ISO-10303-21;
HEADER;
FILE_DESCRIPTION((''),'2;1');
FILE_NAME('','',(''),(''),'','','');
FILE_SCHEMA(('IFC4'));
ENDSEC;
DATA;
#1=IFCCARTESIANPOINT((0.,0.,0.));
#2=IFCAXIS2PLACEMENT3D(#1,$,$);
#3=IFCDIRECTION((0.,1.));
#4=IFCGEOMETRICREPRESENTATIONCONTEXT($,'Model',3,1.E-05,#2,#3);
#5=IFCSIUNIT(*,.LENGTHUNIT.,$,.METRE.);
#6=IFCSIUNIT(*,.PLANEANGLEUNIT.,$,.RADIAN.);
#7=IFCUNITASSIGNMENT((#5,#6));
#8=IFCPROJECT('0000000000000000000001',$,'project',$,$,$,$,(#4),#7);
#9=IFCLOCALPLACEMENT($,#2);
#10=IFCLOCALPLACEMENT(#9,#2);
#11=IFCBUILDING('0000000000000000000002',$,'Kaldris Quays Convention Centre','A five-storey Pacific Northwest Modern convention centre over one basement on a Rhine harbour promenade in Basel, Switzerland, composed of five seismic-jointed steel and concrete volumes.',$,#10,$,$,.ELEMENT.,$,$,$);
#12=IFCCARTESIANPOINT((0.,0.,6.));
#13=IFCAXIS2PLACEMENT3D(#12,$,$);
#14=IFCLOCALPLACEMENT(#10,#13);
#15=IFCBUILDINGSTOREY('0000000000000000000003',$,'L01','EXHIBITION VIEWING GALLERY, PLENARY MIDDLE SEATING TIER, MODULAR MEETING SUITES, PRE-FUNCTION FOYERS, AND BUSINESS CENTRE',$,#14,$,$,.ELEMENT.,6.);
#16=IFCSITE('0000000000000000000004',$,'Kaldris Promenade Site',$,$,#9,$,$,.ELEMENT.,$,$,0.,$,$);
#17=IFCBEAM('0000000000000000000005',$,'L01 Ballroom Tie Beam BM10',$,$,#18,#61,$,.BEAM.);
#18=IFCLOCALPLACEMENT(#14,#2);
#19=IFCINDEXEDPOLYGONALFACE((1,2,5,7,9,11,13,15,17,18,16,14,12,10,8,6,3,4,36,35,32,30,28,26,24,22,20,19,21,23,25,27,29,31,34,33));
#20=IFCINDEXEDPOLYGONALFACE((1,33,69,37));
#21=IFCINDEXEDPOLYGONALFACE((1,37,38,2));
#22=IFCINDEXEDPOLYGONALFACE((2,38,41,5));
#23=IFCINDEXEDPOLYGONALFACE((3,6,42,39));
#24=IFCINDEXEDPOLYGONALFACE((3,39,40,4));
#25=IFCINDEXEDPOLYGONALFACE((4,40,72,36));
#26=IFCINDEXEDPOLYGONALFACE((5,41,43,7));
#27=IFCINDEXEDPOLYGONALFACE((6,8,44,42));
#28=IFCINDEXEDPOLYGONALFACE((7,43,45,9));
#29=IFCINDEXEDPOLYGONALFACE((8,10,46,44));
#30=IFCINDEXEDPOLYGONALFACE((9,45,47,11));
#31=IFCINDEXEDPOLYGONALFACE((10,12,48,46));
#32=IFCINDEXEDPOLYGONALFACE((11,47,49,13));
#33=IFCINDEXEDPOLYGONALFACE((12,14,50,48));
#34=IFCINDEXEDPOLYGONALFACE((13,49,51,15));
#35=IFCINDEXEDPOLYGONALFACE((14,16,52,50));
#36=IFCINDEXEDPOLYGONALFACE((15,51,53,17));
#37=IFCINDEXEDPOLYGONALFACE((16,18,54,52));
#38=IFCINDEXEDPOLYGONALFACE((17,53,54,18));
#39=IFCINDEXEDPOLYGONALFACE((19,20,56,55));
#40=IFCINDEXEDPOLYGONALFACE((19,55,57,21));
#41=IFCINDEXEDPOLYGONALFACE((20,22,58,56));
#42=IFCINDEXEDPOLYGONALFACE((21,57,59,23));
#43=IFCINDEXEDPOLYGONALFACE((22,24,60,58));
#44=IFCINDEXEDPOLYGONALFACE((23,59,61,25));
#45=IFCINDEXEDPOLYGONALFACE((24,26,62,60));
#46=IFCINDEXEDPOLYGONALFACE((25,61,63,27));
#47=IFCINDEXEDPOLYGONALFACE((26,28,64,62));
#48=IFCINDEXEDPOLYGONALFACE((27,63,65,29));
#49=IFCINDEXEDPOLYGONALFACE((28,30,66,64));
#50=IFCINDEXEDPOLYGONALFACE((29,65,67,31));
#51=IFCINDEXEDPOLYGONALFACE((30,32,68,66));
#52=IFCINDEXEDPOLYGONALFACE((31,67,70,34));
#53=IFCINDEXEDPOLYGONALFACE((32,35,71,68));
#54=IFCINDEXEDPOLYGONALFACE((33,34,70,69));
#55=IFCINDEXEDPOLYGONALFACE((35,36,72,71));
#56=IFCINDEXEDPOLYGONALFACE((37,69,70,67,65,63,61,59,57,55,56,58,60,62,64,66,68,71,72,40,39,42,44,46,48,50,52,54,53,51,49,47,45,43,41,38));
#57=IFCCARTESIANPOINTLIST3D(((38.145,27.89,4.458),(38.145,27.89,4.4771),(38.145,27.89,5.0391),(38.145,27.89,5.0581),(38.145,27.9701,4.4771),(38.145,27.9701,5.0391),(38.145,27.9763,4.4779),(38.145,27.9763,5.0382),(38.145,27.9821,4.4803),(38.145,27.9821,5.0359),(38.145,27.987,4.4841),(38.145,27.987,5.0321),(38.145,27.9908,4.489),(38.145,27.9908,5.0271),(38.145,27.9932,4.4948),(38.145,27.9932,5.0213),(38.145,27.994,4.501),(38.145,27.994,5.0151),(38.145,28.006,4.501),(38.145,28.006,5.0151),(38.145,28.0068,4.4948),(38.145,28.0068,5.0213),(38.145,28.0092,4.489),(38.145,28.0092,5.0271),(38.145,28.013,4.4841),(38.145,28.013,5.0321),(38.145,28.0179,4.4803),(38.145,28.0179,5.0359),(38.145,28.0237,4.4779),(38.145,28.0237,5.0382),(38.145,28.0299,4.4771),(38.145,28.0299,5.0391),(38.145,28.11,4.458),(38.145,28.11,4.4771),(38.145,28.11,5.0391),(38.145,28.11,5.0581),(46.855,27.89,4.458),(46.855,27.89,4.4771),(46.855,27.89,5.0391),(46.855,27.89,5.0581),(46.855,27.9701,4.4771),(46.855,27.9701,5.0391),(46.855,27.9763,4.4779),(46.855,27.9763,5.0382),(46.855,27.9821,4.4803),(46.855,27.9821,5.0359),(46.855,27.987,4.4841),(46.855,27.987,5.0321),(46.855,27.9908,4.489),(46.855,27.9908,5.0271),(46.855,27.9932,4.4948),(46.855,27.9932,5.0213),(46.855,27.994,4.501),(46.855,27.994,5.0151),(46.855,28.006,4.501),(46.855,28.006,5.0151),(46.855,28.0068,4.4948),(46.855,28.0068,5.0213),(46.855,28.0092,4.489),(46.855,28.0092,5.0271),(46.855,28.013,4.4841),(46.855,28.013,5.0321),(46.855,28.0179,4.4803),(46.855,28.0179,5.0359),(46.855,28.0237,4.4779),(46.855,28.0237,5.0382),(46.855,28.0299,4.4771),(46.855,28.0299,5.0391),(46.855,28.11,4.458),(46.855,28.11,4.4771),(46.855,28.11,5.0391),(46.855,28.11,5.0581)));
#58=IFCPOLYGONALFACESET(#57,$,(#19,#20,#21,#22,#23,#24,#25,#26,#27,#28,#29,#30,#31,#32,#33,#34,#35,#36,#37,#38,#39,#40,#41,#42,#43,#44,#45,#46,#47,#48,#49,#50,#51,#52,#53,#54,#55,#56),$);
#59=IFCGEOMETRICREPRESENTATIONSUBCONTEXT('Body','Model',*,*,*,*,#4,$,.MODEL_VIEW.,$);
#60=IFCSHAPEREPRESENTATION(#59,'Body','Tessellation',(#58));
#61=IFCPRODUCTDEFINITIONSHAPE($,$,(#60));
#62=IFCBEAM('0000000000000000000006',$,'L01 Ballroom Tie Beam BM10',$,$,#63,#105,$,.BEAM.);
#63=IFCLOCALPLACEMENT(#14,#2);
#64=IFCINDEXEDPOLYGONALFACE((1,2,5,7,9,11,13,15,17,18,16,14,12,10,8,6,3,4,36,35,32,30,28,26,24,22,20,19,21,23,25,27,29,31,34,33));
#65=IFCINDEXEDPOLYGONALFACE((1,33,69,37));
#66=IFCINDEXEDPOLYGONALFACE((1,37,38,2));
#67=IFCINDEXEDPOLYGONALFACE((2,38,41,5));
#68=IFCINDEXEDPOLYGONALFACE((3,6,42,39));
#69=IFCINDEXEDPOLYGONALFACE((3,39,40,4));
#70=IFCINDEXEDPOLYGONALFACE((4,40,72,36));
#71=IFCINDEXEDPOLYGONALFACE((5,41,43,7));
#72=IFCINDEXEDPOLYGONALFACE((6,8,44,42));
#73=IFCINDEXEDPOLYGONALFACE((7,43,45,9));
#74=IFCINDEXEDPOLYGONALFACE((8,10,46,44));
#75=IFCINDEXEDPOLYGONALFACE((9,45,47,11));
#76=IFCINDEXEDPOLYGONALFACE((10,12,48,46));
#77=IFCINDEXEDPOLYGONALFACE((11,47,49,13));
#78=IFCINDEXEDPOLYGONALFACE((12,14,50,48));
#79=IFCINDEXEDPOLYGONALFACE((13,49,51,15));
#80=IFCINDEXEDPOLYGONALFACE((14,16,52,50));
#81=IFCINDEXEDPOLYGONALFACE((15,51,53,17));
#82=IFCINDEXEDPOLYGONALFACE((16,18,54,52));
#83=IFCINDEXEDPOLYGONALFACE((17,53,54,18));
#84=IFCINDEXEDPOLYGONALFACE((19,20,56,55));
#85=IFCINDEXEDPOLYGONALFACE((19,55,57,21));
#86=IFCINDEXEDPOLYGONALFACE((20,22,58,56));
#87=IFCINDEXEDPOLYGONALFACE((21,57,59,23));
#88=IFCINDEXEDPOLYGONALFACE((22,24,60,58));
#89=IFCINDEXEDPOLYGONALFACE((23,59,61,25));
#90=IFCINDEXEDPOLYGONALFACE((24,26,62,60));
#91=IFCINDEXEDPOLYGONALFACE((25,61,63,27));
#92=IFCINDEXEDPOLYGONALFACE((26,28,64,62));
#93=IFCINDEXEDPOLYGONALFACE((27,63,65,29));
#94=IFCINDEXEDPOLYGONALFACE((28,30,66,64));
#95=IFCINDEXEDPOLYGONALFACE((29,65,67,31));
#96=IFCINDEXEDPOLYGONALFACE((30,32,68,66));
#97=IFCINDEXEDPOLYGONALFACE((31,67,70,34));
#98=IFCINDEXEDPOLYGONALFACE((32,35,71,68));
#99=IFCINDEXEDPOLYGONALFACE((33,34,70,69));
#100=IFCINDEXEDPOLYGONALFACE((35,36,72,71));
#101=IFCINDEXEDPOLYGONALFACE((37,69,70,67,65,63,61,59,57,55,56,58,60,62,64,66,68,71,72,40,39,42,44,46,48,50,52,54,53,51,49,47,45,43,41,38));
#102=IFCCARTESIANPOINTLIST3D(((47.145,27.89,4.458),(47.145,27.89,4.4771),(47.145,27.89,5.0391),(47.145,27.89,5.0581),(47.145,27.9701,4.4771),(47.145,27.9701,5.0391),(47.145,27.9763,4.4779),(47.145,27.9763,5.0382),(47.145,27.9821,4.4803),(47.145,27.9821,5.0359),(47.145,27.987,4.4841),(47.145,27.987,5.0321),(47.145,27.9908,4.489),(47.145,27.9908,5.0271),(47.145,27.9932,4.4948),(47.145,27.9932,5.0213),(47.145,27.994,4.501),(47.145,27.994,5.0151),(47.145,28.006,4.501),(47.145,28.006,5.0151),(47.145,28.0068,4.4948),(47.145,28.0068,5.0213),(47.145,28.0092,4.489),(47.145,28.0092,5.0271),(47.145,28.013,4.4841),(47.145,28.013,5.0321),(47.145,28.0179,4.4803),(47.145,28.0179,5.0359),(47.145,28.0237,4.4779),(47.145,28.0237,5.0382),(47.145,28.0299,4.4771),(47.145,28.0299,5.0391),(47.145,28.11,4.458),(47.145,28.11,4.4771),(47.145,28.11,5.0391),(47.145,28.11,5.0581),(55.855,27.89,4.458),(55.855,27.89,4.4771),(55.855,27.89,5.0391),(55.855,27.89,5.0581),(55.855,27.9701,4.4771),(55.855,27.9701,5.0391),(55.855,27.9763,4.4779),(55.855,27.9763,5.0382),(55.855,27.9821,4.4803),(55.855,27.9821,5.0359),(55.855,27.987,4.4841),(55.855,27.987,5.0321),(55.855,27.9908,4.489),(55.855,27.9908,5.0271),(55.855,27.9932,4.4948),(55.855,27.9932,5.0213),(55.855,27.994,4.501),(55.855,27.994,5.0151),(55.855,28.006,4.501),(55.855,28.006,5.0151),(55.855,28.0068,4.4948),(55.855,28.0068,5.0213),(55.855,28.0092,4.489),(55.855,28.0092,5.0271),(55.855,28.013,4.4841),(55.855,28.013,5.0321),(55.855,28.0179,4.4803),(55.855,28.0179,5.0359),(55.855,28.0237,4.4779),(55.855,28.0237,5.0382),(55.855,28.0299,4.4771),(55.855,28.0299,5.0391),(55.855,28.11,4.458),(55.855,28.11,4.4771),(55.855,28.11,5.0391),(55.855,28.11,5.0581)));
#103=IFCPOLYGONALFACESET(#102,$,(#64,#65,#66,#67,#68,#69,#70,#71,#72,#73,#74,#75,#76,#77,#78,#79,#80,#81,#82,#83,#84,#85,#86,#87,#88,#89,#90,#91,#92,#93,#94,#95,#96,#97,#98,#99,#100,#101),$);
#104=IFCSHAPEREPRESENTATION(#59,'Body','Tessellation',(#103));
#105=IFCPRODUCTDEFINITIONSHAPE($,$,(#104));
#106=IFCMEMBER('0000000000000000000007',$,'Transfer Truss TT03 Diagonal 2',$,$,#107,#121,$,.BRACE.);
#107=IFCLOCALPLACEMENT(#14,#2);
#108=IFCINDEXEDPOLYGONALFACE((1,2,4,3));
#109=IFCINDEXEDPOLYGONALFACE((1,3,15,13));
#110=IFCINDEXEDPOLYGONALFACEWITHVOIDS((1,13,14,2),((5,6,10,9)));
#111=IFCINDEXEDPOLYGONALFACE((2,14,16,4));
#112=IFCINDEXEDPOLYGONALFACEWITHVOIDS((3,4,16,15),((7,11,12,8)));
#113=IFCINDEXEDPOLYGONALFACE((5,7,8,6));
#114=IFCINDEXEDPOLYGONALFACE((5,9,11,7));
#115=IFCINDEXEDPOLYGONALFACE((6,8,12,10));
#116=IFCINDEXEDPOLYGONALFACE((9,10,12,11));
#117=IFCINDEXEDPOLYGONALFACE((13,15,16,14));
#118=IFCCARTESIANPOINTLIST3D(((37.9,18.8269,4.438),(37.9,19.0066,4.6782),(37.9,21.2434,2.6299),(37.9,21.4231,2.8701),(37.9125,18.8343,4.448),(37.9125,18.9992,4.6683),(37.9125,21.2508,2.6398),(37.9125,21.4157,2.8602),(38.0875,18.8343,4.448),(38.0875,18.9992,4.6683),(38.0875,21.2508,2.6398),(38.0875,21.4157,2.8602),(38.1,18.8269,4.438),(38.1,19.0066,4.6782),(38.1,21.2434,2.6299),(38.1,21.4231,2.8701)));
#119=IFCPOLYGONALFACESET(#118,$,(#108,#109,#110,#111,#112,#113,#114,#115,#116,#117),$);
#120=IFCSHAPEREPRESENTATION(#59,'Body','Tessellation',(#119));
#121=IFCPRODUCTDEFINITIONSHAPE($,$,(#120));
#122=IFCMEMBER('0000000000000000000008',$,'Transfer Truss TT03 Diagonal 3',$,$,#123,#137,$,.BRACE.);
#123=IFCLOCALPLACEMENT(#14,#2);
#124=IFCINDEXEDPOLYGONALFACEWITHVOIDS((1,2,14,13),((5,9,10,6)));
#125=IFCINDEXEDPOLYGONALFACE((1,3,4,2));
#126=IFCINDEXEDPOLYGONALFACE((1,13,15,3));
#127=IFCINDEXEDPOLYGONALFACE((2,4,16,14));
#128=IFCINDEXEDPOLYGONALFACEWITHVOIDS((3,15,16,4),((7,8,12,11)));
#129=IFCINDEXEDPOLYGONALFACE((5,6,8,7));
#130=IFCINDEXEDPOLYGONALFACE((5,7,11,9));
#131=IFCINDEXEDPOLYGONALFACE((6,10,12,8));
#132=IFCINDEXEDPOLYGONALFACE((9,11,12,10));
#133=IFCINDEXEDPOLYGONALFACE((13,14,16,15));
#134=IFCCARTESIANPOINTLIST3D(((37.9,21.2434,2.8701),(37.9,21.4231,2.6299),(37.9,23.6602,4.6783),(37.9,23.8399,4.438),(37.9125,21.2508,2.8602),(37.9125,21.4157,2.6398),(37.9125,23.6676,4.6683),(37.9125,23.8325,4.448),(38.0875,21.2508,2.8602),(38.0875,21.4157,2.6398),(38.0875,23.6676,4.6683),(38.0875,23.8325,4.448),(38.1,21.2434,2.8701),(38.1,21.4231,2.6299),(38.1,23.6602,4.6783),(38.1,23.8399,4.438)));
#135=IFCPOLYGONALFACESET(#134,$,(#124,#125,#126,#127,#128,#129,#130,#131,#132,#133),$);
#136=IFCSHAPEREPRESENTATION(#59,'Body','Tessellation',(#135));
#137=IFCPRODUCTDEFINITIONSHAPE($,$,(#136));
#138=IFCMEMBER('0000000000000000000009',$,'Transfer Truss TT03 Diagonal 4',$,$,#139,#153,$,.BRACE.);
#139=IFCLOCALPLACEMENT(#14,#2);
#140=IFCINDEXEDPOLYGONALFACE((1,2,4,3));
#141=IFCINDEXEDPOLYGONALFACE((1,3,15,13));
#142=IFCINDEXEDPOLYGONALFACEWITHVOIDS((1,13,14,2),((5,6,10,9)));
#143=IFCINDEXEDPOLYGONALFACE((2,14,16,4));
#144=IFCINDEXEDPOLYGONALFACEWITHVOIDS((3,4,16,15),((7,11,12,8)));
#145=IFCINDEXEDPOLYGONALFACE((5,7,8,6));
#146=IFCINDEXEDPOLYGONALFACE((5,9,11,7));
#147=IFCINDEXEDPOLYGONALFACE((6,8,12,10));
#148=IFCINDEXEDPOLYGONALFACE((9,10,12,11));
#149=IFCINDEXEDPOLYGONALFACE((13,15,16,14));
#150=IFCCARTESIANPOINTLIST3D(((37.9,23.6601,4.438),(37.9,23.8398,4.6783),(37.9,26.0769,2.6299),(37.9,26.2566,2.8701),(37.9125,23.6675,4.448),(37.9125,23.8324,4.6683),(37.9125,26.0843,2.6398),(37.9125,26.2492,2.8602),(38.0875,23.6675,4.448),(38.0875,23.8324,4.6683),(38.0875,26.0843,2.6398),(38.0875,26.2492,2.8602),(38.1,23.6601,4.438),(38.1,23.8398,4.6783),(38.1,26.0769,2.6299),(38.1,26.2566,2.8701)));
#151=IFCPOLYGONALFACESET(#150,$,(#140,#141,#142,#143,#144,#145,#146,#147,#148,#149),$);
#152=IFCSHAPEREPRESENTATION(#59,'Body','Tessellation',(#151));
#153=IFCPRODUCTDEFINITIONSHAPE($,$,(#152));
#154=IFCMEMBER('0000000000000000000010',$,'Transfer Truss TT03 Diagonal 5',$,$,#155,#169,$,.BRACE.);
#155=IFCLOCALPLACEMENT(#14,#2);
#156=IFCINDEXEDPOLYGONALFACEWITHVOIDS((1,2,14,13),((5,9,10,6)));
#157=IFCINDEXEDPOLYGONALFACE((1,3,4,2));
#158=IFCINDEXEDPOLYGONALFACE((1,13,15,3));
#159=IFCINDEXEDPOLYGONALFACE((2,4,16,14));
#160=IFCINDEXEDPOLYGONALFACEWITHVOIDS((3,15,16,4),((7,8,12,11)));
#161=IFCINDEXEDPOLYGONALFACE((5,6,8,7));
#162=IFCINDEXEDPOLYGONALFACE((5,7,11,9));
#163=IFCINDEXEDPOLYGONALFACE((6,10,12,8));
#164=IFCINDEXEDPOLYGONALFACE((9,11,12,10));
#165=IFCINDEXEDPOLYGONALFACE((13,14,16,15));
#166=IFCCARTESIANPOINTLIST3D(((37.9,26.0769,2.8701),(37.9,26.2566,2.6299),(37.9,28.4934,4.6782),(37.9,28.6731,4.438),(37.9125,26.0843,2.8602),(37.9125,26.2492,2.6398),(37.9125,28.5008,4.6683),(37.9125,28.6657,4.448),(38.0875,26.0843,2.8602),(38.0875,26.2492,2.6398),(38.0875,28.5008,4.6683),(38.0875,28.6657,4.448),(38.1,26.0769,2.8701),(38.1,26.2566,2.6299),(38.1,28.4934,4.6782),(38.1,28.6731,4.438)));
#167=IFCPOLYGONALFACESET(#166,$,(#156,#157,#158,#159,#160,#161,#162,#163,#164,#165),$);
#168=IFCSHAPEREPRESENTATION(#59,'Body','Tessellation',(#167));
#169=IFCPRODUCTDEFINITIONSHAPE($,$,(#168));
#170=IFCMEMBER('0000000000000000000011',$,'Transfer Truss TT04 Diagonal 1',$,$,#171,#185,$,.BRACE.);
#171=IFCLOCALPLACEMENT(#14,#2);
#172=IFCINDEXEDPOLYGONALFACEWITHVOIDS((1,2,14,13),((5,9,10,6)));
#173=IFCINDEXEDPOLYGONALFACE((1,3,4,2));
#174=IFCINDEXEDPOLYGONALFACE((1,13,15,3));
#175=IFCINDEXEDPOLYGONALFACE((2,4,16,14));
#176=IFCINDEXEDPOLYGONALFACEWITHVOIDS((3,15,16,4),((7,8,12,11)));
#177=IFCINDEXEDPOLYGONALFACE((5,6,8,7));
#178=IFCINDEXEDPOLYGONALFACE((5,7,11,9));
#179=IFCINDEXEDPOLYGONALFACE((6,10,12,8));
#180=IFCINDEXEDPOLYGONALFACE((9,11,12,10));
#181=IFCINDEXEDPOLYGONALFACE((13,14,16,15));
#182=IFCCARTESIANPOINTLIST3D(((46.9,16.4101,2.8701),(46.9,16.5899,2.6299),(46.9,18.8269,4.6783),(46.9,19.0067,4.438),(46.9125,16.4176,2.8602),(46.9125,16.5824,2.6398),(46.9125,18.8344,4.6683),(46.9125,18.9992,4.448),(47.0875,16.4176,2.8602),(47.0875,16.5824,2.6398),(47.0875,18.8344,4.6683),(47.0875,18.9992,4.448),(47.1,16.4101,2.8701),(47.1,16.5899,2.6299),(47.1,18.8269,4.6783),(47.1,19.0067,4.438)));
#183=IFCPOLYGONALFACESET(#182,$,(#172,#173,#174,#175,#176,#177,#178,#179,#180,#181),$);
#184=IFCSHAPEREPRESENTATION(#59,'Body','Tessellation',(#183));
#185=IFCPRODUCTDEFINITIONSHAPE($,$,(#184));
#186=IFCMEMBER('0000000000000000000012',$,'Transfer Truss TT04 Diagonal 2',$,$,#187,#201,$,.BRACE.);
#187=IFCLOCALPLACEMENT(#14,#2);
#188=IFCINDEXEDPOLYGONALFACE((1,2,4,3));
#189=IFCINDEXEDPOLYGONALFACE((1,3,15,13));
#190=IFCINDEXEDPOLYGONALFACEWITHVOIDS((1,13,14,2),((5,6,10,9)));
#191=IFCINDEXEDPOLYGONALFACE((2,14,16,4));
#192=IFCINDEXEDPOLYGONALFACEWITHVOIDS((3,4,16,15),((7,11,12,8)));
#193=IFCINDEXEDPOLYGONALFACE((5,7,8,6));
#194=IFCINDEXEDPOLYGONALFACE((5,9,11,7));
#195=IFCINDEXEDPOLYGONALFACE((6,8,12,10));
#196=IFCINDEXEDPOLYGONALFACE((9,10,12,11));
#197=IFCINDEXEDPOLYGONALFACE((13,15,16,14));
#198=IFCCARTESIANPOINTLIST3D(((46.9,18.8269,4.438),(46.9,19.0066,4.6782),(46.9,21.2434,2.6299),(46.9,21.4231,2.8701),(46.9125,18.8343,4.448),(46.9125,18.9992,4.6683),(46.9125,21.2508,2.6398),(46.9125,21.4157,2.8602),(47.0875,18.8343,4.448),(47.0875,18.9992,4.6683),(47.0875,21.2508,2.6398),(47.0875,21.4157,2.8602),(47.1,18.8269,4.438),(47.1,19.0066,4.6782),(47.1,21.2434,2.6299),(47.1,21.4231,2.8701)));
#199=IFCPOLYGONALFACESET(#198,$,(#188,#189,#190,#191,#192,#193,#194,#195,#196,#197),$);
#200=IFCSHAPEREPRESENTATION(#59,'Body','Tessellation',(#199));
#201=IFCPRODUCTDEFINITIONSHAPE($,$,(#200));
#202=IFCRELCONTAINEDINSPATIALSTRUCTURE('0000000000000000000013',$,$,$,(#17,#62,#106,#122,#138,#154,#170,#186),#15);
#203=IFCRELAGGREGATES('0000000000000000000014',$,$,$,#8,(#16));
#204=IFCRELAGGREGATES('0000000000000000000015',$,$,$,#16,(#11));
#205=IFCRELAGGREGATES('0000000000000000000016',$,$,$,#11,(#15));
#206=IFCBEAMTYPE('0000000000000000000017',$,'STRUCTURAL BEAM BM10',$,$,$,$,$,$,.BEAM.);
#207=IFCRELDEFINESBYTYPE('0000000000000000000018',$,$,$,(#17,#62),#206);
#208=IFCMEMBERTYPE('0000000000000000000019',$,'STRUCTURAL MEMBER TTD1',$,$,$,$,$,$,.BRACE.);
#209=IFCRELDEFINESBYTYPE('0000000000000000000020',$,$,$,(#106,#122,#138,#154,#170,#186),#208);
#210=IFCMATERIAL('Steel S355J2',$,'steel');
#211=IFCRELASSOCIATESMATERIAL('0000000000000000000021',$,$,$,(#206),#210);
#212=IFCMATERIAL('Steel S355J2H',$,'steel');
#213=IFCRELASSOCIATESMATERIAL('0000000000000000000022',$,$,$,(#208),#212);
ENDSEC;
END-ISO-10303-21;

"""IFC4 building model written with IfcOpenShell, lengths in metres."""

from ifc_helpers import new_model, si_unit, direction, frame, origin, origin_2d, place, context, subcontext, project, spatial, hollow_rectangle, i_section, extrude, material, material_profile, profile_set, type_object, element, save


model = new_model("IFC4")

# Units and contexts
model_context = context("Model", 3, precision=1e-05, world=origin(), true_north=direction((0.0, 1.0)))
body_context = subcontext(model_context, "Body", "Model", "MODEL_VIEW")
ifc_project = project(units=[si_unit("LENGTHUNIT", "METRE"), si_unit("PLANEANGLEUNIT", "RADIAN")], contexts=[model_context])

# Site, building, storey
site_placement = place(None, origin())
site = spatial("IfcSite", under=ifc_project, at=site_placement, Name="Kaldris Promenade Site", CompositionType="ELEMENT", RefElevation=0.0)
building_placement = place(site_placement, origin())
building = spatial("IfcBuilding", under=site, at=building_placement, Name="Kaldris Quays Convention Centre", Description="A five-storey Pacific Northwest Modern convention centre over one basement on a Rhine harbour promenade in Basel, Switzerland, composed of five seismic-jointed steel and concrete volumes.", CompositionType="ELEMENT")
storey_placement = place(building_placement, frame((0.0, 0.0, 6.0)))
storey = spatial("IfcBuildingStorey", under=building, at=storey_placement, Name="L01", Description="EXHIBITION VIEWING GALLERY, PLENARY MIDDLE SEATING TIER, MODULAR MEETING SUITES, PRE-FUNCTION FOYERS, AND BUSINESS CENTRE", CompositionType="ELEMENT", Elevation=6.0)

# Beams
ifc_material_1 = material(Name="Steel S355J2", Category="steel")
ifc_material_profile_1 = material_profile(ifc_material_1, i_section(OverallWidth=0.22, OverallDepth=0.6001, WebThickness=0.012, FlangeThickness=0.019, FilletRadius=0.0239, at=origin_2d()), Name="IPE 600")
ifc_profile_set_1 = profile_set([ifc_material_profile_1], Name="Steel S355J2")
beam_type_1 = type_object("IfcBeamType", Name="STRUCTURAL BEAM BM10", PredefinedType="BEAM", material=ifc_profile_set_1)
for number, where, z_axis, x_axis, name in (
    (1, (38.145, 28.0, 4.7581), (1.0, 0.0, 0.0), (0.0, 1.0, 0.0), "L01 Ballroom Tie Beam BM10"),
    (2, (47.145, 28.0, 4.7581), (1.0, 0.0, 0.0), (0.0, 1.0, 0.0), "L01 Ballroom Tie Beam BM10"),
):
    element("IfcBeam", number, at=place(storey_placement, frame(where, z_axis=z_axis, x_axis=x_axis)), inside=storey, type_object=beam_type_1, Name=name, PredefinedType="BEAM", context=body_context, shape_type="SweptSolid", body=[
        extrude(i_section(OverallWidth=0.22, OverallDepth=0.6001, WebThickness=0.012, FlangeThickness=0.019, FilletRadius=0.0239, at=origin_2d()), origin(), (0.0, 0.0, 1.0), 8.71),
    ])

# Members
ifc_material_2 = material(Name="Steel S355J2H", Category="steel")
ifc_material_profile_2 = material_profile(ifc_material_2, hollow_rectangle(XDim=0.2, YDim=0.3, WallThickness=0.0125, at=origin_2d()), Name="RHS 300x200x12.5")
ifc_profile_set_2 = profile_set([ifc_material_profile_2], Name="Steel S355J2H")
member_type = type_object("IfcMemberType", Name="STRUCTURAL MEMBER TTD1", PredefinedType="BRACE", material=ifc_profile_set_2)
member_1_placement = place(storey_placement, frame((38.0, 21.3333, 2.75), z_axis=(0.0, -0.800679, 0.599094), x_axis=(1.0, 0.0, 0.0)))
element("IfcMember", 3, at=member_1_placement, inside=storey, type_object=member_type, Name="Transfer Truss TT03 Diagonal 2", PredefinedType="BRACE", context=body_context, shape_type="SweptSolid", body=[
    extrude(hollow_rectangle(XDim=0.2, YDim=0.3, WallThickness=0.0125, at=origin_2d()), origin(), (0.0, 0.0, 1.0), 3.0181),
])
for number, where, z_axis, x_axis, name in (
    (4, (38.0, 21.3333, 2.75), (0.0, 0.800708, 0.599055), (-1.0, 0.0, 0.0), "Transfer Truss TT03 Diagonal 3"),
    (5, (38.0, 26.1667, 2.75), (0.0, -0.800708, 0.599055), (1.0, 0.0, 0.0), "Transfer Truss TT03 Diagonal 4"),
):
    element("IfcMember", number, at=place(storey_placement, frame(where, z_axis=z_axis, x_axis=x_axis)), inside=storey, type_object=member_type, Name=name, PredefinedType="BRACE", context=body_context, shape_type="SweptSolid", body=[
        extrude(hollow_rectangle(XDim=0.2, YDim=0.3, WallThickness=0.0125, at=origin_2d()), origin(), (0.0, 0.0, 1.0), 3.0183),
    ])
member_2_placement = place(storey_placement, frame((38.0, 26.1667, 2.75), z_axis=(0.0, 0.800679, 0.599094), x_axis=(-1.0, 0.0, 0.0)))
element("IfcMember", 6, at=member_2_placement, inside=storey, type_object=member_type, Name="Transfer Truss TT03 Diagonal 5", PredefinedType="BRACE", context=body_context, shape_type="SweptSolid", body=[
    extrude(hollow_rectangle(XDim=0.2, YDim=0.3, WallThickness=0.0125, at=origin_2d()), origin(), (0.0, 0.0, 1.0), 3.0181),
])
member_3_placement = place(storey_placement, frame((47.0, 16.5, 2.75), z_axis=(0.0, 0.800708, 0.599055), x_axis=(-1.0, 0.0, 0.0)))
element("IfcMember", 7, at=member_3_placement, inside=storey, type_object=member_type, Name="Transfer Truss TT04 Diagonal 1", PredefinedType="BRACE", context=body_context, shape_type="SweptSolid", body=[
    extrude(hollow_rectangle(XDim=0.2, YDim=0.3, WallThickness=0.0125, at=origin_2d()), origin(), (0.0, 0.0, 1.0), 3.0183),
])
member_4_placement = place(storey_placement, frame((47.0, 21.3333, 2.75), z_axis=(0.0, -0.800679, 0.599094), x_axis=(1.0, 0.0, 0.0)))
element("IfcMember", 8, at=member_4_placement, inside=storey, type_object=member_type, Name="Transfer Truss TT04 Diagonal 2", PredefinedType="BRACE", context=body_context, shape_type="SweptSolid", body=[
    extrude(hollow_rectangle(XDim=0.2, YDim=0.3, WallThickness=0.0125, at=origin_2d()), origin(), (0.0, 0.0, 1.0), 3.0181),
])

save(model, "model.ifc")
